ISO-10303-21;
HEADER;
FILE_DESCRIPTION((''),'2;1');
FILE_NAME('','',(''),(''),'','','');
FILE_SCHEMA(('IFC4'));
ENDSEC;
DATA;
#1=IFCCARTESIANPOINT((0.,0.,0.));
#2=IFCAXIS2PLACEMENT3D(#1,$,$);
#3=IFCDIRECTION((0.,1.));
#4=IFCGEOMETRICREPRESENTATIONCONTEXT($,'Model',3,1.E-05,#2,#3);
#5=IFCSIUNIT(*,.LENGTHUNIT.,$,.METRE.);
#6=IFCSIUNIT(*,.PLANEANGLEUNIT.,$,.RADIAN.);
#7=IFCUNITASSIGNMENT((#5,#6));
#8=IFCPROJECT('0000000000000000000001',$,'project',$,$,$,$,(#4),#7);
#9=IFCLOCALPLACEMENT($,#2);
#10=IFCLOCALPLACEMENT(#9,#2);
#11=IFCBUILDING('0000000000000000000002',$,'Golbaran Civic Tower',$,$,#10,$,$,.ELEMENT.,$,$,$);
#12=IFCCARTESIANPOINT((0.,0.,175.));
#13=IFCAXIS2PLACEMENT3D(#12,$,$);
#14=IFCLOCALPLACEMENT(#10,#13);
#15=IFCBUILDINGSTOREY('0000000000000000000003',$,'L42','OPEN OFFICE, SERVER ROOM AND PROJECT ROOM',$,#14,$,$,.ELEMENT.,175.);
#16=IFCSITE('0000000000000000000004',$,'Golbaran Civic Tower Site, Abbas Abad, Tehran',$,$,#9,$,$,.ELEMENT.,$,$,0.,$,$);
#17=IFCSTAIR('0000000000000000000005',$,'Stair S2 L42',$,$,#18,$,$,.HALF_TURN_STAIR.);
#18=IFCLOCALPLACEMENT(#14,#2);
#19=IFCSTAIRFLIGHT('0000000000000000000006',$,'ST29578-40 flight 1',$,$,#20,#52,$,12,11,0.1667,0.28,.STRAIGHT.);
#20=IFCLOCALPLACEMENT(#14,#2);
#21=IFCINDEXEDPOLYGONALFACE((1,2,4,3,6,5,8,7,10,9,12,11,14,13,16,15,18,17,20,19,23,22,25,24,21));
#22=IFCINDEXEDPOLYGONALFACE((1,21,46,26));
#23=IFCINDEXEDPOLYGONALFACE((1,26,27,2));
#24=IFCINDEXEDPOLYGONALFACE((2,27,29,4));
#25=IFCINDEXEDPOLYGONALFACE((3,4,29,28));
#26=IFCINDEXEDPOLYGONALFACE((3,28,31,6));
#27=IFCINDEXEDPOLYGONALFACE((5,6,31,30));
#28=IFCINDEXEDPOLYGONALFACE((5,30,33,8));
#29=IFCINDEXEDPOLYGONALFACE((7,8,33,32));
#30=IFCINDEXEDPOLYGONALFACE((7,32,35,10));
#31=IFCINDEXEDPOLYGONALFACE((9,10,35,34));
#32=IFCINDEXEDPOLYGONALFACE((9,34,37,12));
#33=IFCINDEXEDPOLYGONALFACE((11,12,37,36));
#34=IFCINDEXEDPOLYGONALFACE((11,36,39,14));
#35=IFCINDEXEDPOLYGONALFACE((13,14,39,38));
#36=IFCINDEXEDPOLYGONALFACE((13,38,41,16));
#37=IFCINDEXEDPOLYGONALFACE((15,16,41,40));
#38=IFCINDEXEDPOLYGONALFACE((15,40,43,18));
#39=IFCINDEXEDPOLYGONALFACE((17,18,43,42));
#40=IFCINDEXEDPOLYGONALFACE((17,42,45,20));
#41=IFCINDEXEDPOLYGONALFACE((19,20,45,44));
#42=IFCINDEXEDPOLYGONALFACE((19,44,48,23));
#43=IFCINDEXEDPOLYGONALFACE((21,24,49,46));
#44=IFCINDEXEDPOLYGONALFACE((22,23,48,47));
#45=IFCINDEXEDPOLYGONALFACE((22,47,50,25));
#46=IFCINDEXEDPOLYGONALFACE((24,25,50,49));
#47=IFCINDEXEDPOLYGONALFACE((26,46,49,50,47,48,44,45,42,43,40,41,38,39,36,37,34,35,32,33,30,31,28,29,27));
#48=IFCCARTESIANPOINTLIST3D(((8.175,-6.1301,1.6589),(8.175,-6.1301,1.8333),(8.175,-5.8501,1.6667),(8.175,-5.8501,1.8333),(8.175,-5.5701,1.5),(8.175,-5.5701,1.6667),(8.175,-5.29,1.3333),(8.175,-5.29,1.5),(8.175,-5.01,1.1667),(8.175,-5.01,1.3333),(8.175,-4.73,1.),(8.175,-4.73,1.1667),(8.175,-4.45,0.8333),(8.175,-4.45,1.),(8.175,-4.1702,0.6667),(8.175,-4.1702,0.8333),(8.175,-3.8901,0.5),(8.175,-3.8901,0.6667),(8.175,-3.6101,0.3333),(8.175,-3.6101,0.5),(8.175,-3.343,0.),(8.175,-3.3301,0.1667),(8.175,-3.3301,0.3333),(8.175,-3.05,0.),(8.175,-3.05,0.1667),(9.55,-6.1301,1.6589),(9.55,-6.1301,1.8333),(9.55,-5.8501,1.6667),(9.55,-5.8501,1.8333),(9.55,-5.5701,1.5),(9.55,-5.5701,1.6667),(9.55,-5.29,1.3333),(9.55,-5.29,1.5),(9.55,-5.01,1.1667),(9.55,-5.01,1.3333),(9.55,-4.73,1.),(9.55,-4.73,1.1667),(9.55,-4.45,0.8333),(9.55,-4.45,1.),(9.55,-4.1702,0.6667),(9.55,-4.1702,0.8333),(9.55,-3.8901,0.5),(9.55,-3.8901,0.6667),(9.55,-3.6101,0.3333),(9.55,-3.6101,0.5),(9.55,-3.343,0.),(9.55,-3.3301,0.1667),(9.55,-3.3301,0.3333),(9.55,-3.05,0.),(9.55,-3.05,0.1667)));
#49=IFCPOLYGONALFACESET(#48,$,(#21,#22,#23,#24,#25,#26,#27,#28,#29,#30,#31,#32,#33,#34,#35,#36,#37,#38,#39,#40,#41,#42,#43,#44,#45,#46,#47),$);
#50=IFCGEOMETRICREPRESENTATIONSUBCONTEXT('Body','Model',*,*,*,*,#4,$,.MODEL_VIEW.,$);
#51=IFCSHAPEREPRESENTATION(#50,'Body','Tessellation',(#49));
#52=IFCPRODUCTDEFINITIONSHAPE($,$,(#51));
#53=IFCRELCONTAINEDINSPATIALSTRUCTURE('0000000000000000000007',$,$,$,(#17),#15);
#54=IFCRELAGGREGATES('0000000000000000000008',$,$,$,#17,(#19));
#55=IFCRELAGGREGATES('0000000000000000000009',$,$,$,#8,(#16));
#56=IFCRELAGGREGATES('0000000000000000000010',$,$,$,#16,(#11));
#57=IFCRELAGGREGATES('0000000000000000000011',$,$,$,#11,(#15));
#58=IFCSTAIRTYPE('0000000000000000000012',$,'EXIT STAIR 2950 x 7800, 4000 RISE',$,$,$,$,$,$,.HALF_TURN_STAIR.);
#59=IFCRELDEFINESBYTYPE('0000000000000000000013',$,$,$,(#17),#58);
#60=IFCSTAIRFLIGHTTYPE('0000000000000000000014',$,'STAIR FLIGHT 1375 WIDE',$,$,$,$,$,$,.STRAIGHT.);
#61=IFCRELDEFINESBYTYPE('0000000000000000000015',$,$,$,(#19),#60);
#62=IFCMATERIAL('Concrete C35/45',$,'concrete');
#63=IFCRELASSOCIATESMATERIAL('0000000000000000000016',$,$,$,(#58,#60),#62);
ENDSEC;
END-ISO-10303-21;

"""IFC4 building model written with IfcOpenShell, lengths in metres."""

from ifc_helpers import new_model, si_unit, direction, frame, origin, place, context, subcontext, project, spatial, polyline, outline, extrude, material, type_object, element, aggregate, save


model = new_model("IFC4")

# Units and contexts
model_context = context("Model", 3, precision=1e-05, world=origin(), true_north=direction((0.0, 1.0)))
body_context = subcontext(model_context, "Body", "Model", "MODEL_VIEW")
ifc_project = project(units=[si_unit("LENGTHUNIT", "METRE"), si_unit("PLANEANGLEUNIT", "RADIAN")], contexts=[model_context])

# Site, building, storey
site_placement = place(None, origin())
site = spatial("IfcSite", under=ifc_project, at=site_placement, Name="Golbaran Civic Tower Site, Abbas Abad, Tehran", CompositionType="ELEMENT", RefElevation=0.0)
building_placement = place(site_placement, origin())
building = spatial("IfcBuilding", under=site, at=building_placement, Name="Golbaran Civic Tower", CompositionType="ELEMENT")
storey_placement = place(building_placement, frame((0.0, 0.0, 175.0)))
storey = spatial("IfcBuildingStorey", under=building, at=storey_placement, Name="L42", Description="OPEN OFFICE, SERVER ROOM AND PROJECT ROOM", CompositionType="ELEMENT", Elevation=175.0)

# Stair, stair flight
ifc_material_1 = material(Name="Concrete C35/45", Category="concrete")
stair_type = type_object("IfcStairType", Name="EXIT STAIR 2950 x 7800, 4000 RISE", PredefinedType="HALF_TURN_STAIR", material=ifc_material_1)
stair_placement = place(storey_placement, origin())
stair = element("IfcStair", 1, at=stair_placement, inside=storey, type_object=stair_type, Name="Stair S2 L42", PredefinedType="HALF_TURN_STAIR")
stair_flight_type = type_object("IfcStairFlightType", Name="STAIR FLIGHT 1375 WIDE", PredefinedType="STRAIGHT", material=ifc_material_1)
stair_flight_placement = place(storey_placement, frame((8.8625, -3.05, 0.0), z_axis=(0.0, 0.0, 1.0), x_axis=(0.0, -1.0, 0.0)))
stair_flight = element("IfcStairFlight", 2, at=stair_flight_placement, type_object=stair_flight_type, Name="ST29578-40 flight 1", NumberOfRisers=12, NumberOfTreads=11, PredefinedType="STRAIGHT", RiserHeight=0.1667, TreadLength=0.28, context=body_context, shape_type="SweptSolid", body=[
    extrude(outline(polyline([(0.0, 0.0), (0.0, 0.1667), (0.28, 0.1667), (0.28, 0.3333), (0.5601, 0.3333), (0.5601, 0.5), (0.8401, 0.5), (0.8401, 0.6667), (1.1201, 0.6667), (1.1201, 0.8333), (1.3999, 0.8333), (1.3999, 1.0), (1.6799, 1.0), (1.6799, 1.1667), (1.96, 1.1667), (1.96, 1.3333), (2.24, 1.3333), (2.24, 1.5), (2.52, 1.5), (2.52, 1.6667), (2.8, 1.6667), (2.8, 1.8333), (3.0801, 1.8333), (3.0801, 2.0), (3.0801, 1.6589), (0.293, 0.0), (0.0, 0.0)])), frame((0.0, 0.6875, 0.0), z_axis=(0.0, -1.0, 0.0), x_axis=(1.0, 0.0, 0.0)), (0.0, 0.0, 1.0), 1.375),
])
aggregate(stair, [stair_flight])

save(model, "model.ifc")
